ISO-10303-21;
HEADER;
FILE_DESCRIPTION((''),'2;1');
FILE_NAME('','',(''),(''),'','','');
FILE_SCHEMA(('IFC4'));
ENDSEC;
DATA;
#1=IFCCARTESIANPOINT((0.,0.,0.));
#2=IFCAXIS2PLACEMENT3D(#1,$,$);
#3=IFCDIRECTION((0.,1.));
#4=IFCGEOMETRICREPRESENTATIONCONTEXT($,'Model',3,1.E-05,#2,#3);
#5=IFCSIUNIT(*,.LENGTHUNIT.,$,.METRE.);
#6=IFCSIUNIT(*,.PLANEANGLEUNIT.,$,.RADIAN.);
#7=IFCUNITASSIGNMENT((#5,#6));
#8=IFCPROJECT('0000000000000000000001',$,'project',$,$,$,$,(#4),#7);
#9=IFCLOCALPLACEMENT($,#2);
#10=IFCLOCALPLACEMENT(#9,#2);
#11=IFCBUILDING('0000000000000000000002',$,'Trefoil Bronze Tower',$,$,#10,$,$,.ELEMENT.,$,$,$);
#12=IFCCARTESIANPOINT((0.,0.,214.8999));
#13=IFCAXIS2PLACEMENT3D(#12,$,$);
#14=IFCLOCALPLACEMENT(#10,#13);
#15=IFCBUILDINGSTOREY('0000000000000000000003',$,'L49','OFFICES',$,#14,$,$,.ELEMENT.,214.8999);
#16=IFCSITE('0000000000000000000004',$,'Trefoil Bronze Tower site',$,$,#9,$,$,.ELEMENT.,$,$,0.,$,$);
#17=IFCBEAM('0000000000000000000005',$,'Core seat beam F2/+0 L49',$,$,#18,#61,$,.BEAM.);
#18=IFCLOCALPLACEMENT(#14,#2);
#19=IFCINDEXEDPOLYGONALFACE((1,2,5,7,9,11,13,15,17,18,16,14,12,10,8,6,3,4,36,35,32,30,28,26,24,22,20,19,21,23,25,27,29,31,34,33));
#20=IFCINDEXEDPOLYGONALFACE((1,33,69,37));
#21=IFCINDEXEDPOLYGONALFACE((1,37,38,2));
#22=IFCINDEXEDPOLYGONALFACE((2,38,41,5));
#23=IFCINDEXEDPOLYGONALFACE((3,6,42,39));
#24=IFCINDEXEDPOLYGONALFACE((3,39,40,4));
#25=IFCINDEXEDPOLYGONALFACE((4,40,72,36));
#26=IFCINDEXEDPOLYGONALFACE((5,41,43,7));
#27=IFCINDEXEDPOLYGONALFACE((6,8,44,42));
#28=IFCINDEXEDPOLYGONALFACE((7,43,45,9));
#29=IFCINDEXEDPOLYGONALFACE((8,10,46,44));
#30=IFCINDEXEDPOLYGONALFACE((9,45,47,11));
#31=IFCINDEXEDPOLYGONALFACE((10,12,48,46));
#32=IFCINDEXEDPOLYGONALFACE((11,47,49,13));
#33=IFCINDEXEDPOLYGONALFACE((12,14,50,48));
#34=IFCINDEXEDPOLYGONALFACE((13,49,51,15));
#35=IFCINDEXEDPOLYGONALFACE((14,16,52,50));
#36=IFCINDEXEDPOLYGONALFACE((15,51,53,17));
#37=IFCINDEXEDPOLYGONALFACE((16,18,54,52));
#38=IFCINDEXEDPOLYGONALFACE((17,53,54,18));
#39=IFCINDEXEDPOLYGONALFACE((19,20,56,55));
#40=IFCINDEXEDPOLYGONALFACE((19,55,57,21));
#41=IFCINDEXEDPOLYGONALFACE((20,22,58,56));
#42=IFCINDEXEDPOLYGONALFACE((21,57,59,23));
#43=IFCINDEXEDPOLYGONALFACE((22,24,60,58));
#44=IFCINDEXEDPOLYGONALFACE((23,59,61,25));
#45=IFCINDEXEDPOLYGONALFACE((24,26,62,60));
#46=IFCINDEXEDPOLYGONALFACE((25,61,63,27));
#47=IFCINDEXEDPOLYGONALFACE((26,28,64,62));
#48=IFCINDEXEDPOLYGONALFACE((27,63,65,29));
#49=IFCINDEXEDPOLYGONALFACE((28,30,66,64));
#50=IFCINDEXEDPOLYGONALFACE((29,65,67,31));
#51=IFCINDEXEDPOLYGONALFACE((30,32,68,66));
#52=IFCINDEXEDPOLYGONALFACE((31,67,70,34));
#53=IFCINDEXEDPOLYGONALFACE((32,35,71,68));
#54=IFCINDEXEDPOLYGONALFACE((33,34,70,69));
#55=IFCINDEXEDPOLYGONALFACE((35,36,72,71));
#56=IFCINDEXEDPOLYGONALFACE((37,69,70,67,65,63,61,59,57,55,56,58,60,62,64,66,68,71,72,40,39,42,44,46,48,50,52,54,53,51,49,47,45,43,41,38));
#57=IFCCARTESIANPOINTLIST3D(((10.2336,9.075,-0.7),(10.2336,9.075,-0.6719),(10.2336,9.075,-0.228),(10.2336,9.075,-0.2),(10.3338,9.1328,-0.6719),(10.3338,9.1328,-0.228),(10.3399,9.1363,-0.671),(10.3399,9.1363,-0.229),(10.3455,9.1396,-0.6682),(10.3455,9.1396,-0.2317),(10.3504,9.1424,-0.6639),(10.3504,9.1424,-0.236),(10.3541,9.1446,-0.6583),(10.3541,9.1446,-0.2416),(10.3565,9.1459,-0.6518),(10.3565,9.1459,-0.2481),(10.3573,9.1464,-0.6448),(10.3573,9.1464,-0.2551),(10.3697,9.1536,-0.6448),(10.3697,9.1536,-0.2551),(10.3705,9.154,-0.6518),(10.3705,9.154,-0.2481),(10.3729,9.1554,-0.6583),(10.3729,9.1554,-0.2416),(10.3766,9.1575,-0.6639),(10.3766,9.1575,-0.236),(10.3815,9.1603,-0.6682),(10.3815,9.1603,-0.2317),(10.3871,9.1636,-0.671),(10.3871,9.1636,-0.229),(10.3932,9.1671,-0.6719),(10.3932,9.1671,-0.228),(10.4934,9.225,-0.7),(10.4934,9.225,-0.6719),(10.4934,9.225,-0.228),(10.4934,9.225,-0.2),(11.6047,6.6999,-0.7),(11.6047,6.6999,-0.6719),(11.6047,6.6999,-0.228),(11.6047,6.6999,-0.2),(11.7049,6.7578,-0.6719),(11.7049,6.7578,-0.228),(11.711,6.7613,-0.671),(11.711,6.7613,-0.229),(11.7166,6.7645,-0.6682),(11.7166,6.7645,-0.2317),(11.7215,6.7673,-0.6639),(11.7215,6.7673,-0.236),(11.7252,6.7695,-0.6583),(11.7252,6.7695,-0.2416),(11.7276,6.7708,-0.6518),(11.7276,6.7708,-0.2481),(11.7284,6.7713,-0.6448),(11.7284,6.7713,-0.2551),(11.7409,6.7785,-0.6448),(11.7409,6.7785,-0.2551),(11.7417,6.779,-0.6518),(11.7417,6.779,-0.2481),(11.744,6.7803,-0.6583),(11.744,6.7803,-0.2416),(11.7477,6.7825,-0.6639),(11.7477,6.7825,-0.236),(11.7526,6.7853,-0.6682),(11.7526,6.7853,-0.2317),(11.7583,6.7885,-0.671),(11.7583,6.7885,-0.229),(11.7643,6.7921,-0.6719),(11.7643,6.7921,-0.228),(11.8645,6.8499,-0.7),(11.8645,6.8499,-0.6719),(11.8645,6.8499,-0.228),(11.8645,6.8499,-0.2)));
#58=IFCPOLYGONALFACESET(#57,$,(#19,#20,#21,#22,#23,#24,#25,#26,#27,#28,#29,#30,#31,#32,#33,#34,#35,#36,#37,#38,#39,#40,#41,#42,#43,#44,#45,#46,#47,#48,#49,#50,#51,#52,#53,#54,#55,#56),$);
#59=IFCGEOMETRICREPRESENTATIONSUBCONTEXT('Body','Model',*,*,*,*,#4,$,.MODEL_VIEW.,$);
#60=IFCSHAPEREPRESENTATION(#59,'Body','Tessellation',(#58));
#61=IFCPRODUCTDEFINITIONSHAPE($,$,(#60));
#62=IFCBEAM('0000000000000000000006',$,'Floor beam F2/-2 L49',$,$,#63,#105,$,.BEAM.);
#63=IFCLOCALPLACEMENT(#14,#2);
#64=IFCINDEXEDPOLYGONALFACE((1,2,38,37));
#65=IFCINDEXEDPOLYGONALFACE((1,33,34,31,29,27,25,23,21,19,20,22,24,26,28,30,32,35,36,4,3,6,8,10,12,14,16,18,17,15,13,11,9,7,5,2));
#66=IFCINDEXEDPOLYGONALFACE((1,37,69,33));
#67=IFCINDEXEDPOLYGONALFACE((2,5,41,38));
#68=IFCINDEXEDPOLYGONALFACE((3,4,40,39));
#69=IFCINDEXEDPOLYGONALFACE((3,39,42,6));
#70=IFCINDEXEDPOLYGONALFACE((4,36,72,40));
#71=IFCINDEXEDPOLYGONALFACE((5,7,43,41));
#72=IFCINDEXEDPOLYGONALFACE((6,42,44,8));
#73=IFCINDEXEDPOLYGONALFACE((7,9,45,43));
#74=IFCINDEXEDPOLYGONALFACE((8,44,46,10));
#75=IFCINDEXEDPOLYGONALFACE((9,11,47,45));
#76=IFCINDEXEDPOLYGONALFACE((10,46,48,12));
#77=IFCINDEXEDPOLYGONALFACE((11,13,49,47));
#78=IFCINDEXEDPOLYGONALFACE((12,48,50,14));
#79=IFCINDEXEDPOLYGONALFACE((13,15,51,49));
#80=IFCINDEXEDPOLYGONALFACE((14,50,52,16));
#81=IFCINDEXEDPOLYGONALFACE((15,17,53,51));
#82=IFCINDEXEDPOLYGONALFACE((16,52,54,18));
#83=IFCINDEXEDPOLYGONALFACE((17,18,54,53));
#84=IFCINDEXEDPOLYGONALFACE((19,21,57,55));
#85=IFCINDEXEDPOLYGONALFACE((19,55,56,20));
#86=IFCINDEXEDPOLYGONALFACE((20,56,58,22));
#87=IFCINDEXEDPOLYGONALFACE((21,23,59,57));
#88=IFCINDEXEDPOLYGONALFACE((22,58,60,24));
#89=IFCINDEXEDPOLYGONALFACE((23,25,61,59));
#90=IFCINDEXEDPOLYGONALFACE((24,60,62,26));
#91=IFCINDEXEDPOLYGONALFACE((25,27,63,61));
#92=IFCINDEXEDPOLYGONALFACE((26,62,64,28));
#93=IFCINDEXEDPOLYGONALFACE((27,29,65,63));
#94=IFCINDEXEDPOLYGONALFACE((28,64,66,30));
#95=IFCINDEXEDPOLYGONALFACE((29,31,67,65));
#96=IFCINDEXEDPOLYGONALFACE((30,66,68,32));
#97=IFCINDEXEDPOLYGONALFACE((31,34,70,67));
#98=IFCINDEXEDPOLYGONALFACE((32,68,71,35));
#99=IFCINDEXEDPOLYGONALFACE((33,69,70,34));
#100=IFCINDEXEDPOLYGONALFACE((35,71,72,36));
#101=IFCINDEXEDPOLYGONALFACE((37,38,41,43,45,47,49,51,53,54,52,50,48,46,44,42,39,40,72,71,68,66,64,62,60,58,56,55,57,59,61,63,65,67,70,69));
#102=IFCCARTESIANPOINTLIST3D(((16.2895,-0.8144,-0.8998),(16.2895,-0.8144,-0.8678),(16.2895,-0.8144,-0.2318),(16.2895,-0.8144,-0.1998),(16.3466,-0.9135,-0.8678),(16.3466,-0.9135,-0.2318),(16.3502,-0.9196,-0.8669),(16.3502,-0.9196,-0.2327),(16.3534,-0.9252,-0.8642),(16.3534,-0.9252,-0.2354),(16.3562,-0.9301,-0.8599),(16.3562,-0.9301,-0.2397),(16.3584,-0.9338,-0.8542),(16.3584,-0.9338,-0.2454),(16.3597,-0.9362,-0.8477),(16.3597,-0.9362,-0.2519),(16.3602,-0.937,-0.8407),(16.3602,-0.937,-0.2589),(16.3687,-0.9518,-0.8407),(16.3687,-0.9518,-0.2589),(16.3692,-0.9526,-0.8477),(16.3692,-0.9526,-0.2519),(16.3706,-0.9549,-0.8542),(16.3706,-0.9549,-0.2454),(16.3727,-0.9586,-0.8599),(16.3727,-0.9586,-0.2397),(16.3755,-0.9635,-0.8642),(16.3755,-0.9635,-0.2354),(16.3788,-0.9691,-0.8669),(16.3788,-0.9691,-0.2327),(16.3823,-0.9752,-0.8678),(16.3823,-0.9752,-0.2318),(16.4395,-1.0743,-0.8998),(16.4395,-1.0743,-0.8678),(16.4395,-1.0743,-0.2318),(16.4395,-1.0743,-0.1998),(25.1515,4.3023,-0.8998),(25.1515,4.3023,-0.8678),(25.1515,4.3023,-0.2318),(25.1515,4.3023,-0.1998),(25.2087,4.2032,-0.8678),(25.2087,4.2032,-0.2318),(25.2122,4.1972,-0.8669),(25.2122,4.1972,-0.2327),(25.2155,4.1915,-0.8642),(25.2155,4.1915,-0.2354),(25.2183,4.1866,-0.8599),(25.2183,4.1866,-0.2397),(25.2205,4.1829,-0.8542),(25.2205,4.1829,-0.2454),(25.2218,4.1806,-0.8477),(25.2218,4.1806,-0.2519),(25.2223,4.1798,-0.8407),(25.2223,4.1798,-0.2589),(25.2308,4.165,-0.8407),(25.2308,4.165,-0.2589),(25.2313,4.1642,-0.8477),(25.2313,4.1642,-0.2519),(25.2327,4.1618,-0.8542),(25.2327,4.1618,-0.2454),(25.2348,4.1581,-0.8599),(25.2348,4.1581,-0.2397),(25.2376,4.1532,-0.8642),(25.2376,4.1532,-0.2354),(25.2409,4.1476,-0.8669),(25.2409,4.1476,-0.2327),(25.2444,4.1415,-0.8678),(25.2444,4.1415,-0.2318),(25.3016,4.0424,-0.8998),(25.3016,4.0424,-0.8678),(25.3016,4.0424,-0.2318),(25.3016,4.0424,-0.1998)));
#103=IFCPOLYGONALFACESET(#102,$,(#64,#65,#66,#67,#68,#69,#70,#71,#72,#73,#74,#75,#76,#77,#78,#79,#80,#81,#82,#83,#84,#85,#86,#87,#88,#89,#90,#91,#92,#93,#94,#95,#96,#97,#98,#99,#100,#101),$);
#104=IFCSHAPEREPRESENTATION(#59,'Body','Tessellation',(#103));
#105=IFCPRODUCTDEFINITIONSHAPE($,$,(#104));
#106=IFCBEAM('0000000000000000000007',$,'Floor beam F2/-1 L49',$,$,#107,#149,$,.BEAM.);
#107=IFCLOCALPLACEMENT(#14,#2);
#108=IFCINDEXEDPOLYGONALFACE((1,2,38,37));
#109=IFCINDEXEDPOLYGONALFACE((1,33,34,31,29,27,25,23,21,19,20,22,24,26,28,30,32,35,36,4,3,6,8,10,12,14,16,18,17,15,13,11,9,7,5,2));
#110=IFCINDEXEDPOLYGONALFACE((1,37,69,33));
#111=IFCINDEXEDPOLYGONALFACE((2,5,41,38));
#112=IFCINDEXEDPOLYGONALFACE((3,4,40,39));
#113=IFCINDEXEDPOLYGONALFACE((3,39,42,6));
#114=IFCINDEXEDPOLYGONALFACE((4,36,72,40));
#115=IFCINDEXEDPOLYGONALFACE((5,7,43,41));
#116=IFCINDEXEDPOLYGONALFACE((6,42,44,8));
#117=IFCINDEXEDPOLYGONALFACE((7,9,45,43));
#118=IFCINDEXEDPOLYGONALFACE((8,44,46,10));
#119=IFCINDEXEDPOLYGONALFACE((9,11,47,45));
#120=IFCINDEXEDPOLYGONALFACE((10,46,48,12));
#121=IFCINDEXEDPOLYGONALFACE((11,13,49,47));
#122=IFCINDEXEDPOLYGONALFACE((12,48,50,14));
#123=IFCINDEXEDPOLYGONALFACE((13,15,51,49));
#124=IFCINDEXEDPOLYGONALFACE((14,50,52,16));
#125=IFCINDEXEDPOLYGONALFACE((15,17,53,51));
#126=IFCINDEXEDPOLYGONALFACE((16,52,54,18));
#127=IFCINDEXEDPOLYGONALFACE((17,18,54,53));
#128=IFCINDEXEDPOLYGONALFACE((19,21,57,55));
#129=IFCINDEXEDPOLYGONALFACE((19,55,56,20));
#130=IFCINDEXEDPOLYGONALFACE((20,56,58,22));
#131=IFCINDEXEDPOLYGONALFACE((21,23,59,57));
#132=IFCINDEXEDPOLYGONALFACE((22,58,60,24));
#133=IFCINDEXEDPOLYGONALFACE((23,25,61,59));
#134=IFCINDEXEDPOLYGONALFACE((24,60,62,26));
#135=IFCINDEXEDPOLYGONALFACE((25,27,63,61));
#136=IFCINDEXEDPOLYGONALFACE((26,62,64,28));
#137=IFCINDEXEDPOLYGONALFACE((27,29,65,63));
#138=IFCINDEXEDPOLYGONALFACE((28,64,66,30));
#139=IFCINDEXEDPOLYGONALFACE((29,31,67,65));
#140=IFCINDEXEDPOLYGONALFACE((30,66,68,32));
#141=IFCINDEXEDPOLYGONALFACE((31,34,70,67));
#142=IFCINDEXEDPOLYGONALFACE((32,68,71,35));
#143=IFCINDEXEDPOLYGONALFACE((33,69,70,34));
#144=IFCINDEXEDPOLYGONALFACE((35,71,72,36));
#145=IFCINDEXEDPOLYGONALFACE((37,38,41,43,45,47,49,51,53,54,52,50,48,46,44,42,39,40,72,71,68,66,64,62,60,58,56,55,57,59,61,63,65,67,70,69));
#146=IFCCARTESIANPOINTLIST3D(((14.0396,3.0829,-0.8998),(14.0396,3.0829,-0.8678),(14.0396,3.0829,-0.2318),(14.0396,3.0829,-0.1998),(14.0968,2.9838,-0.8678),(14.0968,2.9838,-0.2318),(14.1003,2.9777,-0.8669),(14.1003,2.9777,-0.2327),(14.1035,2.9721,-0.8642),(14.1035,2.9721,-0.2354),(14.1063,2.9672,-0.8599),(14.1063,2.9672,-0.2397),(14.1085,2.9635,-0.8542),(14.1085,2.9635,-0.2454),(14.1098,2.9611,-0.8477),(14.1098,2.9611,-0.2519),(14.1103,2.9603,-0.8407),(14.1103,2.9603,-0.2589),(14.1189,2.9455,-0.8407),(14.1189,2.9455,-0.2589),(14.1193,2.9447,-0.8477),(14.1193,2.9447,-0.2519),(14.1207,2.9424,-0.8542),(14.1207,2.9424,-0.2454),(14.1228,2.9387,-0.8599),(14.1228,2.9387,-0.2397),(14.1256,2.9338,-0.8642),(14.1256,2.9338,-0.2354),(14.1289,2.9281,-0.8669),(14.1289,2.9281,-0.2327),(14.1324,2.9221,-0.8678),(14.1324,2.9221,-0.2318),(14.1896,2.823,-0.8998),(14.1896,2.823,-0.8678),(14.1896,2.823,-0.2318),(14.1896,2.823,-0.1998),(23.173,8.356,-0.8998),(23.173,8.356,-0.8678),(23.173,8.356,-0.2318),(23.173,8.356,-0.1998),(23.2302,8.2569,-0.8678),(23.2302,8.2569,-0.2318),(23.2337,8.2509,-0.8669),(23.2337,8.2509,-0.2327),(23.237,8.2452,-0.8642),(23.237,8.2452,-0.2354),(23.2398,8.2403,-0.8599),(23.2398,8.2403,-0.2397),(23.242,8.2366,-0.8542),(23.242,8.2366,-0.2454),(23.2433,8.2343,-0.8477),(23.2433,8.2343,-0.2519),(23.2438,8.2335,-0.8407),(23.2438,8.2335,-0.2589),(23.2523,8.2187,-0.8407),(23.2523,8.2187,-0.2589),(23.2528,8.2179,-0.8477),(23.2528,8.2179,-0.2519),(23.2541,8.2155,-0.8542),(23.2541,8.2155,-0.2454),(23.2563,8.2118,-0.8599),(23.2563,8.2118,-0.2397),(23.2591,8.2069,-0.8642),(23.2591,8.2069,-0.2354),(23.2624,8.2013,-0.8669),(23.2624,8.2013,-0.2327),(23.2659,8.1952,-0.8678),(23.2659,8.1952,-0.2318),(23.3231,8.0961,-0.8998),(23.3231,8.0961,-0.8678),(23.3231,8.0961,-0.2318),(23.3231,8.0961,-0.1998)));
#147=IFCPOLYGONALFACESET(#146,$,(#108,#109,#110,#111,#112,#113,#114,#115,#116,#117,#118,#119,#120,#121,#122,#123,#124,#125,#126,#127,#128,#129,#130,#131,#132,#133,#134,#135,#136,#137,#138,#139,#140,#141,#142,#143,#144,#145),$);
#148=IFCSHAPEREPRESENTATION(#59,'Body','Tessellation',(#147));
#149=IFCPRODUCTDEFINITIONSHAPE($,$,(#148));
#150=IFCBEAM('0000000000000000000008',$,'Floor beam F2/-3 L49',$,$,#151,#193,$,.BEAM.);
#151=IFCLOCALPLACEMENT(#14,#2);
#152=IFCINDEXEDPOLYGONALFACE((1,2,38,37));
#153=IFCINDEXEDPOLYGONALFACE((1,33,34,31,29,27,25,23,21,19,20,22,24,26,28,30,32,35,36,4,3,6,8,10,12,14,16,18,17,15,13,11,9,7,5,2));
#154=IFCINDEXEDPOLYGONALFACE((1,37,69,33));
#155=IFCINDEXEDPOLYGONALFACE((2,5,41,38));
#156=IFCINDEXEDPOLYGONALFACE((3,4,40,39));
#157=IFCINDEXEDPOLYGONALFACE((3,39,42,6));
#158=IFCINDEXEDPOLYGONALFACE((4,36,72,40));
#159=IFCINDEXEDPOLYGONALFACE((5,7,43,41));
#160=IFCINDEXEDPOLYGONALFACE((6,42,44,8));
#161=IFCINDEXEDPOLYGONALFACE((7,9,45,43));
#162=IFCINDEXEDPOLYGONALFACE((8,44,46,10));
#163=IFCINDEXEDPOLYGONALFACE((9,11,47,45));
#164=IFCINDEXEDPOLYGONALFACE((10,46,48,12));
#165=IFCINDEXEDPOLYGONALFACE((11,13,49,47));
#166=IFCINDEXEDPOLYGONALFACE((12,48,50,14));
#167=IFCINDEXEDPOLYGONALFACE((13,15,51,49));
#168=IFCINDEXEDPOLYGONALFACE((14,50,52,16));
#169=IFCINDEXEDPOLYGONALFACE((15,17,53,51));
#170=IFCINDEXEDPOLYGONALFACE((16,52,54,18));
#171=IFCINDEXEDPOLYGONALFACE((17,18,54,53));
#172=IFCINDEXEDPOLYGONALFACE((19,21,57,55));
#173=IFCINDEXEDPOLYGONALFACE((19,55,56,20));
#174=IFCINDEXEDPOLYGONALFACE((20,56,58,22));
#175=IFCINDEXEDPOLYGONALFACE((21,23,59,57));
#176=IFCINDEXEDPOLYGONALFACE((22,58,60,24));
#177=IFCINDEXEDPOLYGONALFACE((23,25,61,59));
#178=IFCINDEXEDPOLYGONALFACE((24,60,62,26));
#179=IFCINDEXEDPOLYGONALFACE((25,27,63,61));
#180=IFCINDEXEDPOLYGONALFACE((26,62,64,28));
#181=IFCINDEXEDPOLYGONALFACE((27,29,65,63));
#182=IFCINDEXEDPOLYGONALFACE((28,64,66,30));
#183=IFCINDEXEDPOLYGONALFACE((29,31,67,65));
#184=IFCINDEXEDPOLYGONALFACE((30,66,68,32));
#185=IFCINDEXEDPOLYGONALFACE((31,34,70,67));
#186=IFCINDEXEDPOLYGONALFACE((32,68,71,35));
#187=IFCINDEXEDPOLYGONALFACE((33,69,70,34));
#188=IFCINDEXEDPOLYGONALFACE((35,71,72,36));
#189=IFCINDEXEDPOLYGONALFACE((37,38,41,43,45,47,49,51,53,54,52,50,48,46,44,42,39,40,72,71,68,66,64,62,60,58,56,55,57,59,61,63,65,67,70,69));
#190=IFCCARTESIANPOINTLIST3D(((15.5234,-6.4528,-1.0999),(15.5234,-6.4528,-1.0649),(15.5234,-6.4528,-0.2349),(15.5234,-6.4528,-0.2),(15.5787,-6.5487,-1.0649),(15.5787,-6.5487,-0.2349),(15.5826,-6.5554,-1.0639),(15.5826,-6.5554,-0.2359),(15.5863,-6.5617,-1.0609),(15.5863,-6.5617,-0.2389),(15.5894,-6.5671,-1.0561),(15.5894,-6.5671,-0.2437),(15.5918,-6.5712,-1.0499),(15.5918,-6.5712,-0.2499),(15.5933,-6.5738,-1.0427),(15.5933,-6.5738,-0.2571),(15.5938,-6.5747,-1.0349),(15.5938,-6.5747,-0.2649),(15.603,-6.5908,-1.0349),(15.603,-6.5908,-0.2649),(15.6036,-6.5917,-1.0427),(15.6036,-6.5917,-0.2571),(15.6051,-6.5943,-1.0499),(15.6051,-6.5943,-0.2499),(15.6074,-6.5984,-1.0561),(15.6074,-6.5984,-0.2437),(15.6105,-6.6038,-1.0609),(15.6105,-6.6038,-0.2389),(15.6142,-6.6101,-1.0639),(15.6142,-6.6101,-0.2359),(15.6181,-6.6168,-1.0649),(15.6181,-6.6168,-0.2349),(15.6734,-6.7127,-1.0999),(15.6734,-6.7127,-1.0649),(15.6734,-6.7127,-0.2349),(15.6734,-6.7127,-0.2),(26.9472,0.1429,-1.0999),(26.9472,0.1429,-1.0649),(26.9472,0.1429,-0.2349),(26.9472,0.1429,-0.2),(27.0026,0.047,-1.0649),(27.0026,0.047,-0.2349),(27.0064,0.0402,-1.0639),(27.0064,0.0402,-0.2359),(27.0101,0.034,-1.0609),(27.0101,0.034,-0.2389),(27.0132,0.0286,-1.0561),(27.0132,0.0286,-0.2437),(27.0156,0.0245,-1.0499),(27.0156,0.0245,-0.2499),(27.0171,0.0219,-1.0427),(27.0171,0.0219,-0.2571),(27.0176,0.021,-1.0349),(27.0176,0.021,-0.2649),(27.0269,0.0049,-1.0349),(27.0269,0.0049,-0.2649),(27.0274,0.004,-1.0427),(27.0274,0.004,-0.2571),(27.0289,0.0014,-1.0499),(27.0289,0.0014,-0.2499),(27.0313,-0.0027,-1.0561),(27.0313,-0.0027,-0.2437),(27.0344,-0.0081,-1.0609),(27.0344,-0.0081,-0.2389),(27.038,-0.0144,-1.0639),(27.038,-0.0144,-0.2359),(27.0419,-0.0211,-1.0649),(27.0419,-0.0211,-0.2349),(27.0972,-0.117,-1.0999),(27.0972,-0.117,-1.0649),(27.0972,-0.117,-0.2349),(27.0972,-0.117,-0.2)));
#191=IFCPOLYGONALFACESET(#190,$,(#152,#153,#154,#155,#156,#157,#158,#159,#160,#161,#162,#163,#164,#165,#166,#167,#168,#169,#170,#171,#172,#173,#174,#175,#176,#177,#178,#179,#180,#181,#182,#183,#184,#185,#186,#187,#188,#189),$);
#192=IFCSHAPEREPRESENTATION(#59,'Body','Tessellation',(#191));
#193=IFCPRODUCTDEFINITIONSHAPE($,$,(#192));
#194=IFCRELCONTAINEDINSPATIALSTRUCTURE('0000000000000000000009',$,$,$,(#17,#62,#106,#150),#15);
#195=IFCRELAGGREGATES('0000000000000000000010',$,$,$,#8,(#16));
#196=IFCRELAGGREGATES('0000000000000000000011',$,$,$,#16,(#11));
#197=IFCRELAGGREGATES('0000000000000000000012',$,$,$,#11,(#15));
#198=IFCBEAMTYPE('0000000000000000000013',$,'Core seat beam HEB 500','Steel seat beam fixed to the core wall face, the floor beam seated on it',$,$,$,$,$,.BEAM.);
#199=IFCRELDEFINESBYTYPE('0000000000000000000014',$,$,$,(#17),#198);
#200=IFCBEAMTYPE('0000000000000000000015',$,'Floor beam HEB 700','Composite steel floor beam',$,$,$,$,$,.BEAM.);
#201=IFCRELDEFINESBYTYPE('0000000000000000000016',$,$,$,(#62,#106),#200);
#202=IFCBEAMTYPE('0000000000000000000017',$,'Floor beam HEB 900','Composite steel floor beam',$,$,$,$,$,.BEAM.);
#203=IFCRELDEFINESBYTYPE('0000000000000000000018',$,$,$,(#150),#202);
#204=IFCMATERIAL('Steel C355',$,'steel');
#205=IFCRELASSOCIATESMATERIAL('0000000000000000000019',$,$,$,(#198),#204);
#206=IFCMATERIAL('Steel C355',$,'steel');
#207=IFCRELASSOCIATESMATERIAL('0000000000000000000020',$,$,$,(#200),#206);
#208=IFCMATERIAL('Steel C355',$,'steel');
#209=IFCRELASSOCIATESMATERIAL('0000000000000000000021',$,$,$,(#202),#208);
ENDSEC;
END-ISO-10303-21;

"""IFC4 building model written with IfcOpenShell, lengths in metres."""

from ifc_helpers import new_model, si_unit, direction, frame, origin, origin_2d, place, context, subcontext, project, spatial, i_section, extrude, material, material_profile, profile_set, type_object, element, save


model = new_model("IFC4")

# Units and contexts
model_context = context("Model", 3, precision=1e-05, world=origin(), true_north=direction((0.0, 1.0)))
body_context = subcontext(model_context, "Body", "Model", "MODEL_VIEW")
ifc_project = project(units=[si_unit("LENGTHUNIT", "METRE"), si_unit("PLANEANGLEUNIT", "RADIAN")], contexts=[model_context])

# Site, building, storey
site_placement = place(None, origin())
site = spatial("IfcSite", under=ifc_project, at=site_placement, Name="Trefoil Bronze Tower site", CompositionType="ELEMENT", RefElevation=0.0)
building_placement = place(site_placement, origin())
building = spatial("IfcBuilding", under=site, at=building_placement, Name="Trefoil Bronze Tower", CompositionType="ELEMENT")
storey_placement = place(building_placement, frame((0.0, 0.0, 214.8999)))
storey = spatial("IfcBuildingStorey", under=building, at=storey_placement, Name="L49", Description="OFFICES", CompositionType="ELEMENT", Elevation=214.8999)

# Beams
ifc_material_1 = material(Name="Steel C355", Category="steel")
ifc_material_profile_1 = material_profile(ifc_material_1, i_section(OverallWidth=0.3, OverallDepth=0.5, WebThickness=0.0144, FlangeThickness=0.0281, FilletRadius=0.0271, at=origin_2d()), Name="HEB 500")
ifc_profile_set_1 = profile_set([ifc_material_profile_1], Name="Steel C355")
beam_type_1 = type_object("IfcBeamType", Name="Core seat beam HEB 500", Description="Steel seat beam fixed to the core wall face, the floor beam seated on it", PredefinedType="BEAM", material=ifc_profile_set_1)
for number, where, z_axis, x_axis, name in (
    (1, (11.7346, 6.7749, -0.45), (-0.499969, 0.866043, 0.0), (-0.866043, -0.499969, 0.0), "Core seat beam F2/+0 L49"),
):
    element("IfcBeam", number, at=place(storey_placement, frame(where, z_axis=z_axis, x_axis=x_axis)), inside=storey, type_object=beam_type_1, Name=name, PredefinedType="BEAM", context=body_context, shape_type="SweptSolid", body=[
        extrude(i_section(OverallWidth=0.3, OverallDepth=0.5, WebThickness=0.0144, FlangeThickness=0.0281, FilletRadius=0.0271, at=origin_2d()), origin(), (0.0, 0.0, 1.0), 2.7424),
    ])
ifc_material_2 = material(Name="Steel C355", Category="steel")
ifc_material_profile_2 = material_profile(ifc_material_2, i_section(OverallWidth=0.3, OverallDepth=0.7, WebThickness=0.0171, FlangeThickness=0.032, FilletRadius=0.0271, at=origin_2d()), Name="HEB 700")
ifc_profile_set_2 = profile_set([ifc_material_profile_2], Name="Steel C355")
beam_type_2 = type_object("IfcBeamType", Name="Floor beam HEB 700", Description="Composite steel floor beam", PredefinedType="BEAM", material=ifc_profile_set_2)
beam_1_placement = place(storey_placement, frame((25.2266, 4.1724, -0.5498), z_axis=(-0.866018, -0.500014, 0.0), x_axis=(0.500014, -0.866018, 0.0)))
element("IfcBeam", 2, at=beam_1_placement, inside=storey, type_object=beam_type_2, Name="Floor beam F2/-2 L49", PredefinedType="BEAM", context=body_context, shape_type="SweptSolid", body=[
    extrude(i_section(OverallWidth=0.3, OverallDepth=0.7, WebThickness=0.0171, FlangeThickness=0.032, FilletRadius=0.0271, at=origin_2d()), origin(), (0.0, 0.0, 1.0), 10.2332),
])
beam_2_placement = place(storey_placement, frame((23.248, 8.2261, -0.5498), z_axis=(-0.866028, -0.499996, 0.0), x_axis=(0.499996, -0.866028, 0.0)))
element("IfcBeam", 3, at=beam_2_placement, inside=storey, type_object=beam_type_2, Name="Floor beam F2/-1 L49", PredefinedType="BEAM", context=body_context, shape_type="SweptSolid", body=[
    extrude(i_section(OverallWidth=0.3, OverallDepth=0.7, WebThickness=0.0171, FlangeThickness=0.032, FilletRadius=0.0271, at=origin_2d()), origin(), (0.0, 0.0, 1.0), 10.5464),
])
ifc_material_3 = material(Name="Steel C355", Category="steel")
ifc_material_profile_3 = material_profile(ifc_material_3, i_section(OverallWidth=0.3, OverallDepth=0.8999, WebThickness=0.0186, FlangeThickness=0.0349, FilletRadius=0.03, at=origin_2d()), Name="HEB 900")
ifc_profile_set_3 = profile_set([ifc_material_profile_3], Name="Steel C355")
beam_type_3 = type_object("IfcBeamType", Name="Floor beam HEB 900", Description="Composite steel floor beam", PredefinedType="BEAM", material=ifc_profile_set_3)
beam_3_placement = place(storey_placement, frame((27.0222, 0.0129, -0.6499), z_axis=(-0.86602, -0.500009, 0.0), x_axis=(0.500009, -0.86602, 0.0)))
element("IfcBeam", 4, at=beam_3_placement, inside=storey, type_object=beam_type_3, Name="Floor beam F2/-3 L49", PredefinedType="BEAM", context=body_context, shape_type="SweptSolid", body=[
    extrude(i_section(OverallWidth=0.3, OverallDepth=0.8999, WebThickness=0.0186, FlangeThickness=0.0349, FilletRadius=0.03, at=origin_2d()), origin(), (0.0, 0.0, 1.0), 13.1912),
])

save(model, "model.ifc")
